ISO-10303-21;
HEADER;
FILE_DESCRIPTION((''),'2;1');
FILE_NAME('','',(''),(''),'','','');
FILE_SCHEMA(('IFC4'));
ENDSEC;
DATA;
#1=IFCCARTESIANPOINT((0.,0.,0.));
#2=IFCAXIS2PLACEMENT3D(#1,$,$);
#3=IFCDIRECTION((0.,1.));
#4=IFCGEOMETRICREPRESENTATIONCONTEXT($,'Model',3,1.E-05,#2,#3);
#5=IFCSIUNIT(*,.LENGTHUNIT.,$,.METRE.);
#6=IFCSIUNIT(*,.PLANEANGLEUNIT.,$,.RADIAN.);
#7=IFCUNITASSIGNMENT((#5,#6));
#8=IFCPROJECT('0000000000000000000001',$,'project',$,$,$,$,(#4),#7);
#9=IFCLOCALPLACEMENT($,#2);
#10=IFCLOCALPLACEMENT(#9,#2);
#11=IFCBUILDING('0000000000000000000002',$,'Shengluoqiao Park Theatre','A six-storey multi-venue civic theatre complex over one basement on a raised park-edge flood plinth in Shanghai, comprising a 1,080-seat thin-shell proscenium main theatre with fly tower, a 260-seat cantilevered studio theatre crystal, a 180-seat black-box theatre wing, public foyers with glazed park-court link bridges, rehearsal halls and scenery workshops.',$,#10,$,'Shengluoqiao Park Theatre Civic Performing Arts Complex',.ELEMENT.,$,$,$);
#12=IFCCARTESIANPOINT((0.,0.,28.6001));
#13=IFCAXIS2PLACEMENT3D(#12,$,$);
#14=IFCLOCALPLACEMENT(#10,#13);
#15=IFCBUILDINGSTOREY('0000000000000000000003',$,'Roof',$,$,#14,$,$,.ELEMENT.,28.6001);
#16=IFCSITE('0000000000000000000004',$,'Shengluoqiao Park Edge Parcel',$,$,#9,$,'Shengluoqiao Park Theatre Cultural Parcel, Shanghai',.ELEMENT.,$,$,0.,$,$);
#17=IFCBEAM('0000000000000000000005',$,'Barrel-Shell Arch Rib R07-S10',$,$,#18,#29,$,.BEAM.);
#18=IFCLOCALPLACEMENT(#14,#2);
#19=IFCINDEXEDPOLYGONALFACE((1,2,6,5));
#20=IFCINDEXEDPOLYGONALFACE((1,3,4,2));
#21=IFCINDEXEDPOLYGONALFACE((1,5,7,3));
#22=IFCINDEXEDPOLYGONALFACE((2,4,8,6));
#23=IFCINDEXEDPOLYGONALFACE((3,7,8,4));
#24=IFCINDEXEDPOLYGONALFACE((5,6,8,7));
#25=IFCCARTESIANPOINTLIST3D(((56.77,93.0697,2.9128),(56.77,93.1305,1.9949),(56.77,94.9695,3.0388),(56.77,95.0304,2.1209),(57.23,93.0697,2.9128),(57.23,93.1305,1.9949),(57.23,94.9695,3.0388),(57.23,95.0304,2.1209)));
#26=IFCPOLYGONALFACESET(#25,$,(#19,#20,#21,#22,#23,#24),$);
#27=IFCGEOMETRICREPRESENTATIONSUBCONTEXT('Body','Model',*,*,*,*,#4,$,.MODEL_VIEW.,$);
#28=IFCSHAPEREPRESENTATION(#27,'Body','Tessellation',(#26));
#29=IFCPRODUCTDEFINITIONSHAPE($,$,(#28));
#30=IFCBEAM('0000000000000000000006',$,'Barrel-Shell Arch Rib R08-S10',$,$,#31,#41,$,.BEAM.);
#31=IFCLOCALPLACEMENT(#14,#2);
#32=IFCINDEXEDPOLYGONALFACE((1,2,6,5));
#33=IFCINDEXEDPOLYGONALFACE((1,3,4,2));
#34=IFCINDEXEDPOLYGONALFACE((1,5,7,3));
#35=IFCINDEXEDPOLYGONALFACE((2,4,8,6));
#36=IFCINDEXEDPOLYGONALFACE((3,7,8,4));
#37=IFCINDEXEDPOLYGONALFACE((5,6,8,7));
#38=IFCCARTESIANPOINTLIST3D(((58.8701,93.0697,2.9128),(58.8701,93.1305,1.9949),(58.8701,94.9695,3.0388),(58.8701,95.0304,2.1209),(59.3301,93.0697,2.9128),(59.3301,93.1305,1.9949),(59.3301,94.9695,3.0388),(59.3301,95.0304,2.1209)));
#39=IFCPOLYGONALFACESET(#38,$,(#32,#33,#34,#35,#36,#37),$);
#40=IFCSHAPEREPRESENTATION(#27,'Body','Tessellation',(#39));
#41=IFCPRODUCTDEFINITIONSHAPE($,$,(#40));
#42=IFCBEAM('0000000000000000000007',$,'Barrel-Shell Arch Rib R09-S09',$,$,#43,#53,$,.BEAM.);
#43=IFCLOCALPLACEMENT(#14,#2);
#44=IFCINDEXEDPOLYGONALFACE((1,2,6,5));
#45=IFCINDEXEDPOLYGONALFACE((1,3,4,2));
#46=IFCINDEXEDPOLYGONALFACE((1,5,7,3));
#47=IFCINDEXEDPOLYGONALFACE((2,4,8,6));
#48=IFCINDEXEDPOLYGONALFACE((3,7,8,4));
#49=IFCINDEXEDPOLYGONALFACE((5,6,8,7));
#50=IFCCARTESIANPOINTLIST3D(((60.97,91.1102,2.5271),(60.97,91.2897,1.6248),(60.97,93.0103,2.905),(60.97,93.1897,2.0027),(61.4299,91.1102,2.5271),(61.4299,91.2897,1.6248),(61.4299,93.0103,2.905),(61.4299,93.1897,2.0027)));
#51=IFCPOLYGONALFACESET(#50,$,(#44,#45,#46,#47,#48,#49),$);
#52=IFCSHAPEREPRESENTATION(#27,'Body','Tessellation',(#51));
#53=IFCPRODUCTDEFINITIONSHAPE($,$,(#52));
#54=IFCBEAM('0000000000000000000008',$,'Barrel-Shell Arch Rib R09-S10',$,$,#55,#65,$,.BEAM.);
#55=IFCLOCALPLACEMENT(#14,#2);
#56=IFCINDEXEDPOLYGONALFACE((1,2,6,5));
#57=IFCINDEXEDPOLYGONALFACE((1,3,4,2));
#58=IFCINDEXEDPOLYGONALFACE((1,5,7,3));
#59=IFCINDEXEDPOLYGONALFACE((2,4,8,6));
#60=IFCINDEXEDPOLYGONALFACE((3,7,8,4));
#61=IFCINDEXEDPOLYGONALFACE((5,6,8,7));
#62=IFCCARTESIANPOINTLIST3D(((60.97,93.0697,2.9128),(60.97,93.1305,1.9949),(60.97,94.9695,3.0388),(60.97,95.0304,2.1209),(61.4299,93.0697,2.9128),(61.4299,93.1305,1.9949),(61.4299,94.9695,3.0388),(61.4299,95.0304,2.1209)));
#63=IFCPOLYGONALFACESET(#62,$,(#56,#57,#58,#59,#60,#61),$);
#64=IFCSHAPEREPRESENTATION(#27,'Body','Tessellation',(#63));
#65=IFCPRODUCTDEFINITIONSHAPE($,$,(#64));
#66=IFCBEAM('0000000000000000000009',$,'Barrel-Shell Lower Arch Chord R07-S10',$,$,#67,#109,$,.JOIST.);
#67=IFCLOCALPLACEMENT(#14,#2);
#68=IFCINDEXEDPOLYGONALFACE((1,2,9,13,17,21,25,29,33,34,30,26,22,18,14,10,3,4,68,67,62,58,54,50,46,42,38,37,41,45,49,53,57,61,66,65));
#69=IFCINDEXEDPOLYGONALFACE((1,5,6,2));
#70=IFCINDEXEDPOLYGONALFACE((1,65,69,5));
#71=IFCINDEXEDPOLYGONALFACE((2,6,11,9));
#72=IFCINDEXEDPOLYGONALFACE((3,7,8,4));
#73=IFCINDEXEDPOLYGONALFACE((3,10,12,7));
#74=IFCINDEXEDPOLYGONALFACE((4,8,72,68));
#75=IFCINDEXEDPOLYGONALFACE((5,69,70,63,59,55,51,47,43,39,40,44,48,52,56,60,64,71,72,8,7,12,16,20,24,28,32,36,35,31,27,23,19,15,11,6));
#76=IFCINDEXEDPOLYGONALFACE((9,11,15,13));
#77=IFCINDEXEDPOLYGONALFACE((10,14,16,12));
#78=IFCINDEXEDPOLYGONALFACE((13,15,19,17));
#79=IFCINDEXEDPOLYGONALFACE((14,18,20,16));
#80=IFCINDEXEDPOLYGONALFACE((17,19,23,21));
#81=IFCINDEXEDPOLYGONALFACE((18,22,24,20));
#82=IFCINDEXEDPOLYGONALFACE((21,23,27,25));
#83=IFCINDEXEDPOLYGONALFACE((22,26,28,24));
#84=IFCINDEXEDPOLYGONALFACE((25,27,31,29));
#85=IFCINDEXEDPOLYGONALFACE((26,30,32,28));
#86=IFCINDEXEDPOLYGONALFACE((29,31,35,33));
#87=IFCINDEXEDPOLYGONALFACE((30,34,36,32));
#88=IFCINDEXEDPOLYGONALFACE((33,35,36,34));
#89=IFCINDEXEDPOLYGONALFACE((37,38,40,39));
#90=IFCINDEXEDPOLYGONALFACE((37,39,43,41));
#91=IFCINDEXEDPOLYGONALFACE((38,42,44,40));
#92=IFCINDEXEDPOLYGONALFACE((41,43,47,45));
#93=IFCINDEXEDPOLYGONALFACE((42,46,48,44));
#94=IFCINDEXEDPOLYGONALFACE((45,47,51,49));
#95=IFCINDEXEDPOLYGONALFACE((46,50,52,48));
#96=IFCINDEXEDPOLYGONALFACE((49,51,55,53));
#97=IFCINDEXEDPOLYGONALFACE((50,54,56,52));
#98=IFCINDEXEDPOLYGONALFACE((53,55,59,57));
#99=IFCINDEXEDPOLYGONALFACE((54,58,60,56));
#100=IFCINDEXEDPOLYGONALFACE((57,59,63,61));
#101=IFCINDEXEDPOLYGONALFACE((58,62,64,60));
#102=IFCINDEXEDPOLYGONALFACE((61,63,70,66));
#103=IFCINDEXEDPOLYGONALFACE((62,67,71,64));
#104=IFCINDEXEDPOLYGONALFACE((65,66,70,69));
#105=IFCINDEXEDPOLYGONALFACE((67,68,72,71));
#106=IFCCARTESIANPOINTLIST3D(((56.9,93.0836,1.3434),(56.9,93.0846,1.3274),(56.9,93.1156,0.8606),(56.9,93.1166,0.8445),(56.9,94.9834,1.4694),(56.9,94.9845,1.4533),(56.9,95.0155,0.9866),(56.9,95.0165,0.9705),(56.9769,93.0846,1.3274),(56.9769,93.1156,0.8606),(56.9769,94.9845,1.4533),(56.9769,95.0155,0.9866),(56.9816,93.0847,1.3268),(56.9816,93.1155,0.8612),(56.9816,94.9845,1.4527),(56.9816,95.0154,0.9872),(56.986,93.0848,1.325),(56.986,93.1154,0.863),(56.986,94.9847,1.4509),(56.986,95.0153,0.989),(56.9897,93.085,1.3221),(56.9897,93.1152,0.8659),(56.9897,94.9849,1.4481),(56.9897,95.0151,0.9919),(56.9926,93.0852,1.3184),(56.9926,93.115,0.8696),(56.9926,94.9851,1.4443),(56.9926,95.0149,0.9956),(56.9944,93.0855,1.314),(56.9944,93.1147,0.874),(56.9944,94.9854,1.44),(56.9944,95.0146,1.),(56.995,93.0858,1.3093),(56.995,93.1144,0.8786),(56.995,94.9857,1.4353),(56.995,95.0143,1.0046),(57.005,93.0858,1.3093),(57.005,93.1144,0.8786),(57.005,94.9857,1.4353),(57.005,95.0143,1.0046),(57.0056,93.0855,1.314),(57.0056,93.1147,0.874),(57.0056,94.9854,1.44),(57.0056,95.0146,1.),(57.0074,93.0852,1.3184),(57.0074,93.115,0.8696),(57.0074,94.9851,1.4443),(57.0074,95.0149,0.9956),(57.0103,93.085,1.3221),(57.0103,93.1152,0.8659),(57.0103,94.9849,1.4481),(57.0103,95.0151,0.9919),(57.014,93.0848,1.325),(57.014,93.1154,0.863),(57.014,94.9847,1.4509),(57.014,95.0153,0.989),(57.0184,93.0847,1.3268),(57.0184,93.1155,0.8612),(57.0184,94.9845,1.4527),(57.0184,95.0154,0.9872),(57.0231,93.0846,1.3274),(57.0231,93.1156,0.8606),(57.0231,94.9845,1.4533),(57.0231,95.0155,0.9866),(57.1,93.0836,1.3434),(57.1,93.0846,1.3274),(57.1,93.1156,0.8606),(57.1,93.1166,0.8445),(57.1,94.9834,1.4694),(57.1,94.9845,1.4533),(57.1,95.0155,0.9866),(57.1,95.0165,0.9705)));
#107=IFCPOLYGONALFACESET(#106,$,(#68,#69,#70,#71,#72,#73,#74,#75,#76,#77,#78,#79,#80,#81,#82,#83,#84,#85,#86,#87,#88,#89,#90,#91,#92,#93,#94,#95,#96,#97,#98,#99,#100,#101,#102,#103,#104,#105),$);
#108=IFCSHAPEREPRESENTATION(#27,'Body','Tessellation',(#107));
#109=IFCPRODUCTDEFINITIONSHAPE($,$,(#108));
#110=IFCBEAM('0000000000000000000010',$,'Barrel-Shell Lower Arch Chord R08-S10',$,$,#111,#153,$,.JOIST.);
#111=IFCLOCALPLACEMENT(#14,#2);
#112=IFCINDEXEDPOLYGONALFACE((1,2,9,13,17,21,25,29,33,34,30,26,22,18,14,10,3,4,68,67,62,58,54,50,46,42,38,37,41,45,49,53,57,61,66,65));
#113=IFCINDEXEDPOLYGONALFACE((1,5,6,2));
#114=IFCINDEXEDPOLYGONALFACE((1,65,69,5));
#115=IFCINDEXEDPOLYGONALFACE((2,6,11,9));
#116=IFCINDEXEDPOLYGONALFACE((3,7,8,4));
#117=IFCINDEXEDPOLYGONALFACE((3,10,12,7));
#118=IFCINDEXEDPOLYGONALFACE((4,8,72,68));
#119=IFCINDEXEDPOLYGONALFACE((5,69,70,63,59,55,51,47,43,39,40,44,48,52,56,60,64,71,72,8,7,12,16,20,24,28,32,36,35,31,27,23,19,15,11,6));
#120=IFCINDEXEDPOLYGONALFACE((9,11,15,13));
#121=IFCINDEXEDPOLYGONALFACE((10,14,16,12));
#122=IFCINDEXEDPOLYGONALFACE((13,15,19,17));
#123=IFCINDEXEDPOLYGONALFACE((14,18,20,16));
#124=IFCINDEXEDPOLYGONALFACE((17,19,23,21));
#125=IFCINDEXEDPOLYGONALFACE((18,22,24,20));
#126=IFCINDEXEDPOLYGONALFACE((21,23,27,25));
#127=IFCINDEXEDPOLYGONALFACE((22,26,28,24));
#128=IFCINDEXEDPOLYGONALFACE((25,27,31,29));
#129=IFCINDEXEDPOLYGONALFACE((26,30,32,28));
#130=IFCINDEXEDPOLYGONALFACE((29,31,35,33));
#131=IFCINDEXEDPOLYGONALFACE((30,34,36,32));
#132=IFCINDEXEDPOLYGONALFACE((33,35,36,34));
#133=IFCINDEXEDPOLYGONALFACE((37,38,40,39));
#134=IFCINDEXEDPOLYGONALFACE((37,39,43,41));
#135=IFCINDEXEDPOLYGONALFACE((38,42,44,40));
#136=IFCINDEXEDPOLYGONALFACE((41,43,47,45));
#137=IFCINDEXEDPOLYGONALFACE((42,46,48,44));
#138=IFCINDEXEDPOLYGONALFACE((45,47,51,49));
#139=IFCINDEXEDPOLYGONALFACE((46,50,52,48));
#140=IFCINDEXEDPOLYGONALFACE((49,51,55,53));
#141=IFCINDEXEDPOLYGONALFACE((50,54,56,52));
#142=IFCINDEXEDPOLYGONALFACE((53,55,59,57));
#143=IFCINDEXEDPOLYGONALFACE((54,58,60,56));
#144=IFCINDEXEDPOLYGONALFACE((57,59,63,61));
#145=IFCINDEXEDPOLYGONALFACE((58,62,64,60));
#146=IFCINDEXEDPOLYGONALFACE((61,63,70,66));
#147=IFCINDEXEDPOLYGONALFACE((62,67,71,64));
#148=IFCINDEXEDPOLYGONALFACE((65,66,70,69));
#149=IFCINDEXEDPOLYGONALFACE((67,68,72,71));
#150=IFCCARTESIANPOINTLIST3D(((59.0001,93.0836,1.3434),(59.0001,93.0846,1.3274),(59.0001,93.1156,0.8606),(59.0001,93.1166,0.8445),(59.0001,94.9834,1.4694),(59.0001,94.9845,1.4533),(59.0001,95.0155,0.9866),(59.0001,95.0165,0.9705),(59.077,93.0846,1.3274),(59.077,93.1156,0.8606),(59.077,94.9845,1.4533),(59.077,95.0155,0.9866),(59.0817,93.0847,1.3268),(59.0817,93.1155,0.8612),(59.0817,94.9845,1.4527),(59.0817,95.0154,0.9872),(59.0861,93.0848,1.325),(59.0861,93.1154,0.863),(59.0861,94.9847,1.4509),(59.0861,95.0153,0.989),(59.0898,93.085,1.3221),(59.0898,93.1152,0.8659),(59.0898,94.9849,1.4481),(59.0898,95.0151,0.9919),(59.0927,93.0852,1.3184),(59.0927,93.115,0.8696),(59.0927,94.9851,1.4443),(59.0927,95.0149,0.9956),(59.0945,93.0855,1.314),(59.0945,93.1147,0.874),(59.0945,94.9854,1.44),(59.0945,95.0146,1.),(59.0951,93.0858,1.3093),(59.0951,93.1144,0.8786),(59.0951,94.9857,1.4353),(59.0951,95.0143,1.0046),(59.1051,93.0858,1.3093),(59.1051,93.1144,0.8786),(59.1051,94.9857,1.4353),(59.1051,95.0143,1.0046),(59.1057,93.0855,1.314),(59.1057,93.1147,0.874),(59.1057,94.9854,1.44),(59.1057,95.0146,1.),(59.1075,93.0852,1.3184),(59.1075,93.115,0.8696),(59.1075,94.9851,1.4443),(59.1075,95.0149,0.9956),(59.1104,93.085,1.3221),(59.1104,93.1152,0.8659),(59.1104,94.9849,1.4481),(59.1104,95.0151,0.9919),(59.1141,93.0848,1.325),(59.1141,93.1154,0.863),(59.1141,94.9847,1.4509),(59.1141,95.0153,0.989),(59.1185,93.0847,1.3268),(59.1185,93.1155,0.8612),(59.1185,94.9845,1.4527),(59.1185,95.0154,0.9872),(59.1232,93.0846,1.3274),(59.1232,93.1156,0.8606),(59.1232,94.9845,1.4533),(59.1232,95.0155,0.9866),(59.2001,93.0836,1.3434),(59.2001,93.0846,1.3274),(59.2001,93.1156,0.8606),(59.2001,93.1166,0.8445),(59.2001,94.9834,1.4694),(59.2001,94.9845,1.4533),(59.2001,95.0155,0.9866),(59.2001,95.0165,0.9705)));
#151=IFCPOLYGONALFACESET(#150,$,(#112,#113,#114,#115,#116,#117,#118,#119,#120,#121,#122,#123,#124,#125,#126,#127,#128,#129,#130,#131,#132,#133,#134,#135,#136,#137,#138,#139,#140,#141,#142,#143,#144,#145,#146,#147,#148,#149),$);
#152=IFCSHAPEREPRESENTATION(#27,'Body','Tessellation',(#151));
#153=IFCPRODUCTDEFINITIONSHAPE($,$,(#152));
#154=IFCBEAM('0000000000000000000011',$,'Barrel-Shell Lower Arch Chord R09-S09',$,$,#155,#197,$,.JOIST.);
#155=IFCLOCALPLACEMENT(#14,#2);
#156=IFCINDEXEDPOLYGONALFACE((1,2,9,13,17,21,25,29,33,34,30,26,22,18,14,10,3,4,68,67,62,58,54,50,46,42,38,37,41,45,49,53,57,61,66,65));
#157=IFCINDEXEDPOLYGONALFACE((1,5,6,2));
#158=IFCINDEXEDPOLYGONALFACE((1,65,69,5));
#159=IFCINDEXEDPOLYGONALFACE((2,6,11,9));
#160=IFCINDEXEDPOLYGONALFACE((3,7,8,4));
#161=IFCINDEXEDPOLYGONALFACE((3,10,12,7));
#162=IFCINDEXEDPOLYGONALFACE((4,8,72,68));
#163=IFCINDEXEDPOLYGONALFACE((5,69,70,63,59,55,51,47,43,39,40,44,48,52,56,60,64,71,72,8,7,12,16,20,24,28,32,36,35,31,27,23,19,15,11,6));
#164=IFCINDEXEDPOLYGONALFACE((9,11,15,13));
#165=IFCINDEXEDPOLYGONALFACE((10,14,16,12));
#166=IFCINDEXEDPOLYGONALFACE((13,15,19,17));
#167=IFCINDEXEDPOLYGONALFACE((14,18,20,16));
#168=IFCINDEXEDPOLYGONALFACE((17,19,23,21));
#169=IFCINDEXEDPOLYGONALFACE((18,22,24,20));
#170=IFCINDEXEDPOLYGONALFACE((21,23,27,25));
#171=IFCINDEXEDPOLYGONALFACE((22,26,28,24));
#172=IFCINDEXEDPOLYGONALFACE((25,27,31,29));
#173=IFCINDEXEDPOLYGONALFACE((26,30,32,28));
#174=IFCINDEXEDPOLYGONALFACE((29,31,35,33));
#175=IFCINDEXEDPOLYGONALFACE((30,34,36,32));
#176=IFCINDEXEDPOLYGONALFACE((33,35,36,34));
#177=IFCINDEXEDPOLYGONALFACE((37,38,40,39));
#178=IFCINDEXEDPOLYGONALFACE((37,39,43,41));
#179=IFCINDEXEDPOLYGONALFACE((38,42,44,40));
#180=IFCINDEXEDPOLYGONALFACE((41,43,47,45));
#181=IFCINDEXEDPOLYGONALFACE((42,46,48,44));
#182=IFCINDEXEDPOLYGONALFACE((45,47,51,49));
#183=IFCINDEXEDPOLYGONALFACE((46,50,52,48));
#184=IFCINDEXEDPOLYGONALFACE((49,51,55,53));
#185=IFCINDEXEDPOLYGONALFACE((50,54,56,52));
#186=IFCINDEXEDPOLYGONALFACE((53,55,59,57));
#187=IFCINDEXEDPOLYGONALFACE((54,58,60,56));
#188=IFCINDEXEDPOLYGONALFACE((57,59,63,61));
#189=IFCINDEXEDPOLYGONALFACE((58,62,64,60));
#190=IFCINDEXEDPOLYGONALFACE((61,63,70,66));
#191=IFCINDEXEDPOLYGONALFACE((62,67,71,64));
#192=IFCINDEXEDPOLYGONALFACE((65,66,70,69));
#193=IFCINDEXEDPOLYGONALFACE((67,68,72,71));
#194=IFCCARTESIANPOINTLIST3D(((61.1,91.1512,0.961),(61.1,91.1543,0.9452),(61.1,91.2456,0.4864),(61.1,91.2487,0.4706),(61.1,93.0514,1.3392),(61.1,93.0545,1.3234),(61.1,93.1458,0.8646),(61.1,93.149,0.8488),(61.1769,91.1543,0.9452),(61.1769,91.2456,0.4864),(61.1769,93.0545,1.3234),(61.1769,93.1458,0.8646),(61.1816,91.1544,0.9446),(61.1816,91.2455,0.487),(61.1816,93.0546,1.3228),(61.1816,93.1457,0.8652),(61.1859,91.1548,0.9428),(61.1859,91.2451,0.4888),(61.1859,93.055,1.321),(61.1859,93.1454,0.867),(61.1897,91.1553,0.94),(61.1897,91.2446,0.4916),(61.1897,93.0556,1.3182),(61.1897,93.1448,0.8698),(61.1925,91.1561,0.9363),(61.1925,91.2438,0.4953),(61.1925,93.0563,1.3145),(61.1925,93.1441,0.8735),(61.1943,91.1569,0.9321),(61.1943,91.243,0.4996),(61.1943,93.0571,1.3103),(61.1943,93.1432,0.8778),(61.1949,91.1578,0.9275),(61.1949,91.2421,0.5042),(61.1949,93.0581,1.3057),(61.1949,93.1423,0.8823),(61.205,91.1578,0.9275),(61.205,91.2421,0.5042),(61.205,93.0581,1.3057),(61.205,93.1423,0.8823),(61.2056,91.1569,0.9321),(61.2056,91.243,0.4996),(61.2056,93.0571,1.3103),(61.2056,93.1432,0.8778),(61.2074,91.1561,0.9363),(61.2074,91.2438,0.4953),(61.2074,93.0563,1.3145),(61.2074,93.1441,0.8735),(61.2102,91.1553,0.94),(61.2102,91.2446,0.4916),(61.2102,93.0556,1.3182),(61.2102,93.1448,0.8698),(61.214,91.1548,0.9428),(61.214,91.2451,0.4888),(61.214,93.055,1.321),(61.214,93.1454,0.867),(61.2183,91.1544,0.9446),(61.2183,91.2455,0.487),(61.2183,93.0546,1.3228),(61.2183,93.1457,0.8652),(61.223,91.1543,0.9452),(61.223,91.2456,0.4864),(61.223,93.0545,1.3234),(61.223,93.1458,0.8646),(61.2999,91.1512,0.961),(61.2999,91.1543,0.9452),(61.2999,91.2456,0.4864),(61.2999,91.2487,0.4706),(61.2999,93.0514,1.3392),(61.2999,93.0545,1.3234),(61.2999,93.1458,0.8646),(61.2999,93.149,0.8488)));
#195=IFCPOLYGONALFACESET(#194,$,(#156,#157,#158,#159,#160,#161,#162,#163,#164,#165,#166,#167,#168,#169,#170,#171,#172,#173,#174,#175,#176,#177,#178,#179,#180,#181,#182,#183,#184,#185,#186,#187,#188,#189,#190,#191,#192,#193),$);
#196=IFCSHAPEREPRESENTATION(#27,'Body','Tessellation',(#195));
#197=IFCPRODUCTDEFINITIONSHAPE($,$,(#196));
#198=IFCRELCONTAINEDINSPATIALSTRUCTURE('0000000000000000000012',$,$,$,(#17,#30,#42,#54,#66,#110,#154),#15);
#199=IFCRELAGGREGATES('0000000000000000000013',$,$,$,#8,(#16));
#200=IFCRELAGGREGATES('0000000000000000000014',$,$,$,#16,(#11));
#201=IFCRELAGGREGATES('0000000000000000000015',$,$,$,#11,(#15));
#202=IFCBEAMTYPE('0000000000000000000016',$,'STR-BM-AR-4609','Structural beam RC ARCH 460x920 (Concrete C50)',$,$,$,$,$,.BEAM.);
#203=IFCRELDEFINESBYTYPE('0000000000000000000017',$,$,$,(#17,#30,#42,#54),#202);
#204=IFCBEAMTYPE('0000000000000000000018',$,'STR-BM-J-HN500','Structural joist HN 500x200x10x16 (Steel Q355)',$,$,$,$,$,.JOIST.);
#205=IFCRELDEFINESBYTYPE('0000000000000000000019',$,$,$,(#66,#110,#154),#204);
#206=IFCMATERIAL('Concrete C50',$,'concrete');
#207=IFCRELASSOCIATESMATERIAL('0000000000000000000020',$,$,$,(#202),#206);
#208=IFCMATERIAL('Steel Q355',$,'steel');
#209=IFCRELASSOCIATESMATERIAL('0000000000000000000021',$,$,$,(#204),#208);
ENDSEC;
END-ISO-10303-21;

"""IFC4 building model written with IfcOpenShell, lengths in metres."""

from ifc_helpers import new_model, si_unit, direction, frame, origin, origin_2d, place, context, subcontext, project, spatial, rectangle, i_section, extrude, material, material_profile, profile_set, type_object, element, save


model = new_model("IFC4")

# Units and contexts
model_context = context("Model", 3, precision=1e-05, world=origin(), true_north=direction((0.0, 1.0)))
body_context = subcontext(model_context, "Body", "Model", "MODEL_VIEW")
ifc_project = project(units=[si_unit("LENGTHUNIT", "METRE"), si_unit("PLANEANGLEUNIT", "RADIAN")], contexts=[model_context])

# Site, building, storey
site_placement = place(None, origin())
site = spatial("IfcSite", under=ifc_project, at=site_placement, Name="Shengluoqiao Park Edge Parcel", LongName="Shengluoqiao Park Theatre Cultural Parcel, Shanghai", CompositionType="ELEMENT", RefElevation=0.0)
building_placement = place(site_placement, origin())
building = spatial("IfcBuilding", under=site, at=building_placement, Name="Shengluoqiao Park Theatre", Description="A six-storey multi-venue civic theatre complex over one basement on a raised park-edge flood plinth in Shanghai, comprising a 1,080-seat thin-shell proscenium main theatre with fly tower, a 260-seat cantilevered studio theatre crystal, a 180-seat black-box theatre wing, public foyers with glazed park-court link bridges, rehearsal halls and scenery workshops.", LongName="Shengluoqiao Park Theatre Civic Performing Arts Complex", CompositionType="ELEMENT")
storey_placement = place(building_placement, frame((0.0, 0.0, 28.6001)))
storey = spatial("IfcBuildingStorey", under=building, at=storey_placement, Name="Roof", CompositionType="ELEMENT", Elevation=28.6001)

# Beams
ifc_material_1 = material(Name="Concrete C50", Category="concrete")
ifc_material_profile_1 = material_profile(ifc_material_1, rectangle(XDim=0.46, YDim=0.9199, at=origin_2d()), Name="RC ARCH 460x920")
ifc_profile_set_1 = profile_set([ifc_material_profile_1], Name="Concrete C50")
beam_type_1 = type_object("IfcBeamType", Name="STR-BM-AR-4609", Description="Structural beam RC ARCH 460x920 (Concrete C50)", PredefinedType="BEAM", material=ifc_profile_set_1)
for number, where, z_axis, x_axis, name in (
    (1, (57.0, 93.1001, 2.4539), (0.0, 0.997809, 0.066162), (-1.0, 0.0, 0.0), "Barrel-Shell Arch Rib R07-S10"),
    (2, (59.1001, 93.1001, 2.4539), (0.0, 0.997809, 0.066162), (-1.0, 0.0, 0.0), "Barrel-Shell Arch Rib R08-S10"),
):
    element("IfcBeam", number, at=place(storey_placement, frame(where, z_axis=z_axis, x_axis=x_axis)), inside=storey, type_object=beam_type_1, Name=name, PredefinedType="BEAM", context=body_context, shape_type="SweptSolid", body=[
        extrude(rectangle(XDim=0.46, YDim=0.9199, at=origin_2d()), origin(), (0.0, 0.0, 1.0), 1.9041),
    ])
beam_1_placement = place(storey_placement, frame((61.2, 91.2, 2.0759), z_axis=(0.0, 0.980789, 0.195074), x_axis=(-1.0, 0.0, 0.0)))
element("IfcBeam", 3, at=beam_1_placement, inside=storey, type_object=beam_type_1, Name="Barrel-Shell Arch Rib R09-S09", PredefinedType="BEAM", context=body_context, shape_type="SweptSolid", body=[
    extrude(rectangle(XDim=0.46, YDim=0.9199, at=origin_2d()), origin(), (0.0, 0.0, 1.0), 1.9373),
])
beam_2_placement = place(storey_placement, frame((61.2, 93.1001, 2.4539), z_axis=(0.0, 0.997809, 0.066162), x_axis=(-1.0, 0.0, 0.0)))
element("IfcBeam", 4, at=beam_2_placement, inside=storey, type_object=beam_type_1, Name="Barrel-Shell Arch Rib R09-S10", PredefinedType="BEAM", context=body_context, shape_type="SweptSolid", body=[
    extrude(rectangle(XDim=0.46, YDim=0.9199, at=origin_2d()), origin(), (0.0, 0.0, 1.0), 1.9041),
])
ifc_material_2 = material(Name="Steel Q355", Category="steel")
ifc_material_profile_2 = material_profile(ifc_material_2, i_section(OverallWidth=0.2, OverallDepth=0.5, WebThickness=0.01, FlangeThickness=0.0161, FilletRadius=0.0181, at=origin_2d()), Name="HN 500x200x10x16")
ifc_profile_set_2 = profile_set([ifc_material_profile_2], Name="Steel Q355")
beam_type_2 = type_object("IfcBeamType", Name="STR-BM-J-HN500", Description="Structural joist HN 500x200x10x16 (Steel Q355)", PredefinedType="JOIST", material=ifc_profile_set_2)
for number, where, z_axis, x_axis, name in (
    (5, (57.0, 93.1001, 1.094), (0.0, 0.997809, 0.066162), (-1.0, 0.0, 0.0), "Barrel-Shell Lower Arch Chord R07-S10"),
    (6, (59.1001, 93.1001, 1.094), (0.0, 0.997809, 0.066162), (-1.0, 0.0, 0.0), "Barrel-Shell Lower Arch Chord R08-S10"),
):
    element("IfcBeam", number, at=place(storey_placement, frame(where, z_axis=z_axis, x_axis=x_axis)), inside=storey, type_object=beam_type_2, Name=name, PredefinedType="JOIST", context=body_context, shape_type="SweptSolid", body=[
        extrude(i_section(OverallWidth=0.2, OverallDepth=0.5, WebThickness=0.01, FlangeThickness=0.0161, FilletRadius=0.0181, at=origin_2d()), origin(), (0.0, 0.0, 1.0), 1.9041),
    ])
beam_3_placement = place(storey_placement, frame((61.2, 91.2, 0.7158), z_axis=(0.0, 0.980764, 0.195195), x_axis=(-1.0, 0.0, 0.0)))
element("IfcBeam", 7, at=beam_3_placement, inside=storey, type_object=beam_type_2, Name="Barrel-Shell Lower Arch Chord R09-S09", PredefinedType="JOIST", context=body_context, shape_type="SweptSolid", body=[
    extrude(i_section(OverallWidth=0.2, OverallDepth=0.5, WebThickness=0.01, FlangeThickness=0.0161, FilletRadius=0.0181, at=origin_2d()), origin(), (0.0, 0.0, 1.0), 1.9375),
])

save(model, "model.ifc")
